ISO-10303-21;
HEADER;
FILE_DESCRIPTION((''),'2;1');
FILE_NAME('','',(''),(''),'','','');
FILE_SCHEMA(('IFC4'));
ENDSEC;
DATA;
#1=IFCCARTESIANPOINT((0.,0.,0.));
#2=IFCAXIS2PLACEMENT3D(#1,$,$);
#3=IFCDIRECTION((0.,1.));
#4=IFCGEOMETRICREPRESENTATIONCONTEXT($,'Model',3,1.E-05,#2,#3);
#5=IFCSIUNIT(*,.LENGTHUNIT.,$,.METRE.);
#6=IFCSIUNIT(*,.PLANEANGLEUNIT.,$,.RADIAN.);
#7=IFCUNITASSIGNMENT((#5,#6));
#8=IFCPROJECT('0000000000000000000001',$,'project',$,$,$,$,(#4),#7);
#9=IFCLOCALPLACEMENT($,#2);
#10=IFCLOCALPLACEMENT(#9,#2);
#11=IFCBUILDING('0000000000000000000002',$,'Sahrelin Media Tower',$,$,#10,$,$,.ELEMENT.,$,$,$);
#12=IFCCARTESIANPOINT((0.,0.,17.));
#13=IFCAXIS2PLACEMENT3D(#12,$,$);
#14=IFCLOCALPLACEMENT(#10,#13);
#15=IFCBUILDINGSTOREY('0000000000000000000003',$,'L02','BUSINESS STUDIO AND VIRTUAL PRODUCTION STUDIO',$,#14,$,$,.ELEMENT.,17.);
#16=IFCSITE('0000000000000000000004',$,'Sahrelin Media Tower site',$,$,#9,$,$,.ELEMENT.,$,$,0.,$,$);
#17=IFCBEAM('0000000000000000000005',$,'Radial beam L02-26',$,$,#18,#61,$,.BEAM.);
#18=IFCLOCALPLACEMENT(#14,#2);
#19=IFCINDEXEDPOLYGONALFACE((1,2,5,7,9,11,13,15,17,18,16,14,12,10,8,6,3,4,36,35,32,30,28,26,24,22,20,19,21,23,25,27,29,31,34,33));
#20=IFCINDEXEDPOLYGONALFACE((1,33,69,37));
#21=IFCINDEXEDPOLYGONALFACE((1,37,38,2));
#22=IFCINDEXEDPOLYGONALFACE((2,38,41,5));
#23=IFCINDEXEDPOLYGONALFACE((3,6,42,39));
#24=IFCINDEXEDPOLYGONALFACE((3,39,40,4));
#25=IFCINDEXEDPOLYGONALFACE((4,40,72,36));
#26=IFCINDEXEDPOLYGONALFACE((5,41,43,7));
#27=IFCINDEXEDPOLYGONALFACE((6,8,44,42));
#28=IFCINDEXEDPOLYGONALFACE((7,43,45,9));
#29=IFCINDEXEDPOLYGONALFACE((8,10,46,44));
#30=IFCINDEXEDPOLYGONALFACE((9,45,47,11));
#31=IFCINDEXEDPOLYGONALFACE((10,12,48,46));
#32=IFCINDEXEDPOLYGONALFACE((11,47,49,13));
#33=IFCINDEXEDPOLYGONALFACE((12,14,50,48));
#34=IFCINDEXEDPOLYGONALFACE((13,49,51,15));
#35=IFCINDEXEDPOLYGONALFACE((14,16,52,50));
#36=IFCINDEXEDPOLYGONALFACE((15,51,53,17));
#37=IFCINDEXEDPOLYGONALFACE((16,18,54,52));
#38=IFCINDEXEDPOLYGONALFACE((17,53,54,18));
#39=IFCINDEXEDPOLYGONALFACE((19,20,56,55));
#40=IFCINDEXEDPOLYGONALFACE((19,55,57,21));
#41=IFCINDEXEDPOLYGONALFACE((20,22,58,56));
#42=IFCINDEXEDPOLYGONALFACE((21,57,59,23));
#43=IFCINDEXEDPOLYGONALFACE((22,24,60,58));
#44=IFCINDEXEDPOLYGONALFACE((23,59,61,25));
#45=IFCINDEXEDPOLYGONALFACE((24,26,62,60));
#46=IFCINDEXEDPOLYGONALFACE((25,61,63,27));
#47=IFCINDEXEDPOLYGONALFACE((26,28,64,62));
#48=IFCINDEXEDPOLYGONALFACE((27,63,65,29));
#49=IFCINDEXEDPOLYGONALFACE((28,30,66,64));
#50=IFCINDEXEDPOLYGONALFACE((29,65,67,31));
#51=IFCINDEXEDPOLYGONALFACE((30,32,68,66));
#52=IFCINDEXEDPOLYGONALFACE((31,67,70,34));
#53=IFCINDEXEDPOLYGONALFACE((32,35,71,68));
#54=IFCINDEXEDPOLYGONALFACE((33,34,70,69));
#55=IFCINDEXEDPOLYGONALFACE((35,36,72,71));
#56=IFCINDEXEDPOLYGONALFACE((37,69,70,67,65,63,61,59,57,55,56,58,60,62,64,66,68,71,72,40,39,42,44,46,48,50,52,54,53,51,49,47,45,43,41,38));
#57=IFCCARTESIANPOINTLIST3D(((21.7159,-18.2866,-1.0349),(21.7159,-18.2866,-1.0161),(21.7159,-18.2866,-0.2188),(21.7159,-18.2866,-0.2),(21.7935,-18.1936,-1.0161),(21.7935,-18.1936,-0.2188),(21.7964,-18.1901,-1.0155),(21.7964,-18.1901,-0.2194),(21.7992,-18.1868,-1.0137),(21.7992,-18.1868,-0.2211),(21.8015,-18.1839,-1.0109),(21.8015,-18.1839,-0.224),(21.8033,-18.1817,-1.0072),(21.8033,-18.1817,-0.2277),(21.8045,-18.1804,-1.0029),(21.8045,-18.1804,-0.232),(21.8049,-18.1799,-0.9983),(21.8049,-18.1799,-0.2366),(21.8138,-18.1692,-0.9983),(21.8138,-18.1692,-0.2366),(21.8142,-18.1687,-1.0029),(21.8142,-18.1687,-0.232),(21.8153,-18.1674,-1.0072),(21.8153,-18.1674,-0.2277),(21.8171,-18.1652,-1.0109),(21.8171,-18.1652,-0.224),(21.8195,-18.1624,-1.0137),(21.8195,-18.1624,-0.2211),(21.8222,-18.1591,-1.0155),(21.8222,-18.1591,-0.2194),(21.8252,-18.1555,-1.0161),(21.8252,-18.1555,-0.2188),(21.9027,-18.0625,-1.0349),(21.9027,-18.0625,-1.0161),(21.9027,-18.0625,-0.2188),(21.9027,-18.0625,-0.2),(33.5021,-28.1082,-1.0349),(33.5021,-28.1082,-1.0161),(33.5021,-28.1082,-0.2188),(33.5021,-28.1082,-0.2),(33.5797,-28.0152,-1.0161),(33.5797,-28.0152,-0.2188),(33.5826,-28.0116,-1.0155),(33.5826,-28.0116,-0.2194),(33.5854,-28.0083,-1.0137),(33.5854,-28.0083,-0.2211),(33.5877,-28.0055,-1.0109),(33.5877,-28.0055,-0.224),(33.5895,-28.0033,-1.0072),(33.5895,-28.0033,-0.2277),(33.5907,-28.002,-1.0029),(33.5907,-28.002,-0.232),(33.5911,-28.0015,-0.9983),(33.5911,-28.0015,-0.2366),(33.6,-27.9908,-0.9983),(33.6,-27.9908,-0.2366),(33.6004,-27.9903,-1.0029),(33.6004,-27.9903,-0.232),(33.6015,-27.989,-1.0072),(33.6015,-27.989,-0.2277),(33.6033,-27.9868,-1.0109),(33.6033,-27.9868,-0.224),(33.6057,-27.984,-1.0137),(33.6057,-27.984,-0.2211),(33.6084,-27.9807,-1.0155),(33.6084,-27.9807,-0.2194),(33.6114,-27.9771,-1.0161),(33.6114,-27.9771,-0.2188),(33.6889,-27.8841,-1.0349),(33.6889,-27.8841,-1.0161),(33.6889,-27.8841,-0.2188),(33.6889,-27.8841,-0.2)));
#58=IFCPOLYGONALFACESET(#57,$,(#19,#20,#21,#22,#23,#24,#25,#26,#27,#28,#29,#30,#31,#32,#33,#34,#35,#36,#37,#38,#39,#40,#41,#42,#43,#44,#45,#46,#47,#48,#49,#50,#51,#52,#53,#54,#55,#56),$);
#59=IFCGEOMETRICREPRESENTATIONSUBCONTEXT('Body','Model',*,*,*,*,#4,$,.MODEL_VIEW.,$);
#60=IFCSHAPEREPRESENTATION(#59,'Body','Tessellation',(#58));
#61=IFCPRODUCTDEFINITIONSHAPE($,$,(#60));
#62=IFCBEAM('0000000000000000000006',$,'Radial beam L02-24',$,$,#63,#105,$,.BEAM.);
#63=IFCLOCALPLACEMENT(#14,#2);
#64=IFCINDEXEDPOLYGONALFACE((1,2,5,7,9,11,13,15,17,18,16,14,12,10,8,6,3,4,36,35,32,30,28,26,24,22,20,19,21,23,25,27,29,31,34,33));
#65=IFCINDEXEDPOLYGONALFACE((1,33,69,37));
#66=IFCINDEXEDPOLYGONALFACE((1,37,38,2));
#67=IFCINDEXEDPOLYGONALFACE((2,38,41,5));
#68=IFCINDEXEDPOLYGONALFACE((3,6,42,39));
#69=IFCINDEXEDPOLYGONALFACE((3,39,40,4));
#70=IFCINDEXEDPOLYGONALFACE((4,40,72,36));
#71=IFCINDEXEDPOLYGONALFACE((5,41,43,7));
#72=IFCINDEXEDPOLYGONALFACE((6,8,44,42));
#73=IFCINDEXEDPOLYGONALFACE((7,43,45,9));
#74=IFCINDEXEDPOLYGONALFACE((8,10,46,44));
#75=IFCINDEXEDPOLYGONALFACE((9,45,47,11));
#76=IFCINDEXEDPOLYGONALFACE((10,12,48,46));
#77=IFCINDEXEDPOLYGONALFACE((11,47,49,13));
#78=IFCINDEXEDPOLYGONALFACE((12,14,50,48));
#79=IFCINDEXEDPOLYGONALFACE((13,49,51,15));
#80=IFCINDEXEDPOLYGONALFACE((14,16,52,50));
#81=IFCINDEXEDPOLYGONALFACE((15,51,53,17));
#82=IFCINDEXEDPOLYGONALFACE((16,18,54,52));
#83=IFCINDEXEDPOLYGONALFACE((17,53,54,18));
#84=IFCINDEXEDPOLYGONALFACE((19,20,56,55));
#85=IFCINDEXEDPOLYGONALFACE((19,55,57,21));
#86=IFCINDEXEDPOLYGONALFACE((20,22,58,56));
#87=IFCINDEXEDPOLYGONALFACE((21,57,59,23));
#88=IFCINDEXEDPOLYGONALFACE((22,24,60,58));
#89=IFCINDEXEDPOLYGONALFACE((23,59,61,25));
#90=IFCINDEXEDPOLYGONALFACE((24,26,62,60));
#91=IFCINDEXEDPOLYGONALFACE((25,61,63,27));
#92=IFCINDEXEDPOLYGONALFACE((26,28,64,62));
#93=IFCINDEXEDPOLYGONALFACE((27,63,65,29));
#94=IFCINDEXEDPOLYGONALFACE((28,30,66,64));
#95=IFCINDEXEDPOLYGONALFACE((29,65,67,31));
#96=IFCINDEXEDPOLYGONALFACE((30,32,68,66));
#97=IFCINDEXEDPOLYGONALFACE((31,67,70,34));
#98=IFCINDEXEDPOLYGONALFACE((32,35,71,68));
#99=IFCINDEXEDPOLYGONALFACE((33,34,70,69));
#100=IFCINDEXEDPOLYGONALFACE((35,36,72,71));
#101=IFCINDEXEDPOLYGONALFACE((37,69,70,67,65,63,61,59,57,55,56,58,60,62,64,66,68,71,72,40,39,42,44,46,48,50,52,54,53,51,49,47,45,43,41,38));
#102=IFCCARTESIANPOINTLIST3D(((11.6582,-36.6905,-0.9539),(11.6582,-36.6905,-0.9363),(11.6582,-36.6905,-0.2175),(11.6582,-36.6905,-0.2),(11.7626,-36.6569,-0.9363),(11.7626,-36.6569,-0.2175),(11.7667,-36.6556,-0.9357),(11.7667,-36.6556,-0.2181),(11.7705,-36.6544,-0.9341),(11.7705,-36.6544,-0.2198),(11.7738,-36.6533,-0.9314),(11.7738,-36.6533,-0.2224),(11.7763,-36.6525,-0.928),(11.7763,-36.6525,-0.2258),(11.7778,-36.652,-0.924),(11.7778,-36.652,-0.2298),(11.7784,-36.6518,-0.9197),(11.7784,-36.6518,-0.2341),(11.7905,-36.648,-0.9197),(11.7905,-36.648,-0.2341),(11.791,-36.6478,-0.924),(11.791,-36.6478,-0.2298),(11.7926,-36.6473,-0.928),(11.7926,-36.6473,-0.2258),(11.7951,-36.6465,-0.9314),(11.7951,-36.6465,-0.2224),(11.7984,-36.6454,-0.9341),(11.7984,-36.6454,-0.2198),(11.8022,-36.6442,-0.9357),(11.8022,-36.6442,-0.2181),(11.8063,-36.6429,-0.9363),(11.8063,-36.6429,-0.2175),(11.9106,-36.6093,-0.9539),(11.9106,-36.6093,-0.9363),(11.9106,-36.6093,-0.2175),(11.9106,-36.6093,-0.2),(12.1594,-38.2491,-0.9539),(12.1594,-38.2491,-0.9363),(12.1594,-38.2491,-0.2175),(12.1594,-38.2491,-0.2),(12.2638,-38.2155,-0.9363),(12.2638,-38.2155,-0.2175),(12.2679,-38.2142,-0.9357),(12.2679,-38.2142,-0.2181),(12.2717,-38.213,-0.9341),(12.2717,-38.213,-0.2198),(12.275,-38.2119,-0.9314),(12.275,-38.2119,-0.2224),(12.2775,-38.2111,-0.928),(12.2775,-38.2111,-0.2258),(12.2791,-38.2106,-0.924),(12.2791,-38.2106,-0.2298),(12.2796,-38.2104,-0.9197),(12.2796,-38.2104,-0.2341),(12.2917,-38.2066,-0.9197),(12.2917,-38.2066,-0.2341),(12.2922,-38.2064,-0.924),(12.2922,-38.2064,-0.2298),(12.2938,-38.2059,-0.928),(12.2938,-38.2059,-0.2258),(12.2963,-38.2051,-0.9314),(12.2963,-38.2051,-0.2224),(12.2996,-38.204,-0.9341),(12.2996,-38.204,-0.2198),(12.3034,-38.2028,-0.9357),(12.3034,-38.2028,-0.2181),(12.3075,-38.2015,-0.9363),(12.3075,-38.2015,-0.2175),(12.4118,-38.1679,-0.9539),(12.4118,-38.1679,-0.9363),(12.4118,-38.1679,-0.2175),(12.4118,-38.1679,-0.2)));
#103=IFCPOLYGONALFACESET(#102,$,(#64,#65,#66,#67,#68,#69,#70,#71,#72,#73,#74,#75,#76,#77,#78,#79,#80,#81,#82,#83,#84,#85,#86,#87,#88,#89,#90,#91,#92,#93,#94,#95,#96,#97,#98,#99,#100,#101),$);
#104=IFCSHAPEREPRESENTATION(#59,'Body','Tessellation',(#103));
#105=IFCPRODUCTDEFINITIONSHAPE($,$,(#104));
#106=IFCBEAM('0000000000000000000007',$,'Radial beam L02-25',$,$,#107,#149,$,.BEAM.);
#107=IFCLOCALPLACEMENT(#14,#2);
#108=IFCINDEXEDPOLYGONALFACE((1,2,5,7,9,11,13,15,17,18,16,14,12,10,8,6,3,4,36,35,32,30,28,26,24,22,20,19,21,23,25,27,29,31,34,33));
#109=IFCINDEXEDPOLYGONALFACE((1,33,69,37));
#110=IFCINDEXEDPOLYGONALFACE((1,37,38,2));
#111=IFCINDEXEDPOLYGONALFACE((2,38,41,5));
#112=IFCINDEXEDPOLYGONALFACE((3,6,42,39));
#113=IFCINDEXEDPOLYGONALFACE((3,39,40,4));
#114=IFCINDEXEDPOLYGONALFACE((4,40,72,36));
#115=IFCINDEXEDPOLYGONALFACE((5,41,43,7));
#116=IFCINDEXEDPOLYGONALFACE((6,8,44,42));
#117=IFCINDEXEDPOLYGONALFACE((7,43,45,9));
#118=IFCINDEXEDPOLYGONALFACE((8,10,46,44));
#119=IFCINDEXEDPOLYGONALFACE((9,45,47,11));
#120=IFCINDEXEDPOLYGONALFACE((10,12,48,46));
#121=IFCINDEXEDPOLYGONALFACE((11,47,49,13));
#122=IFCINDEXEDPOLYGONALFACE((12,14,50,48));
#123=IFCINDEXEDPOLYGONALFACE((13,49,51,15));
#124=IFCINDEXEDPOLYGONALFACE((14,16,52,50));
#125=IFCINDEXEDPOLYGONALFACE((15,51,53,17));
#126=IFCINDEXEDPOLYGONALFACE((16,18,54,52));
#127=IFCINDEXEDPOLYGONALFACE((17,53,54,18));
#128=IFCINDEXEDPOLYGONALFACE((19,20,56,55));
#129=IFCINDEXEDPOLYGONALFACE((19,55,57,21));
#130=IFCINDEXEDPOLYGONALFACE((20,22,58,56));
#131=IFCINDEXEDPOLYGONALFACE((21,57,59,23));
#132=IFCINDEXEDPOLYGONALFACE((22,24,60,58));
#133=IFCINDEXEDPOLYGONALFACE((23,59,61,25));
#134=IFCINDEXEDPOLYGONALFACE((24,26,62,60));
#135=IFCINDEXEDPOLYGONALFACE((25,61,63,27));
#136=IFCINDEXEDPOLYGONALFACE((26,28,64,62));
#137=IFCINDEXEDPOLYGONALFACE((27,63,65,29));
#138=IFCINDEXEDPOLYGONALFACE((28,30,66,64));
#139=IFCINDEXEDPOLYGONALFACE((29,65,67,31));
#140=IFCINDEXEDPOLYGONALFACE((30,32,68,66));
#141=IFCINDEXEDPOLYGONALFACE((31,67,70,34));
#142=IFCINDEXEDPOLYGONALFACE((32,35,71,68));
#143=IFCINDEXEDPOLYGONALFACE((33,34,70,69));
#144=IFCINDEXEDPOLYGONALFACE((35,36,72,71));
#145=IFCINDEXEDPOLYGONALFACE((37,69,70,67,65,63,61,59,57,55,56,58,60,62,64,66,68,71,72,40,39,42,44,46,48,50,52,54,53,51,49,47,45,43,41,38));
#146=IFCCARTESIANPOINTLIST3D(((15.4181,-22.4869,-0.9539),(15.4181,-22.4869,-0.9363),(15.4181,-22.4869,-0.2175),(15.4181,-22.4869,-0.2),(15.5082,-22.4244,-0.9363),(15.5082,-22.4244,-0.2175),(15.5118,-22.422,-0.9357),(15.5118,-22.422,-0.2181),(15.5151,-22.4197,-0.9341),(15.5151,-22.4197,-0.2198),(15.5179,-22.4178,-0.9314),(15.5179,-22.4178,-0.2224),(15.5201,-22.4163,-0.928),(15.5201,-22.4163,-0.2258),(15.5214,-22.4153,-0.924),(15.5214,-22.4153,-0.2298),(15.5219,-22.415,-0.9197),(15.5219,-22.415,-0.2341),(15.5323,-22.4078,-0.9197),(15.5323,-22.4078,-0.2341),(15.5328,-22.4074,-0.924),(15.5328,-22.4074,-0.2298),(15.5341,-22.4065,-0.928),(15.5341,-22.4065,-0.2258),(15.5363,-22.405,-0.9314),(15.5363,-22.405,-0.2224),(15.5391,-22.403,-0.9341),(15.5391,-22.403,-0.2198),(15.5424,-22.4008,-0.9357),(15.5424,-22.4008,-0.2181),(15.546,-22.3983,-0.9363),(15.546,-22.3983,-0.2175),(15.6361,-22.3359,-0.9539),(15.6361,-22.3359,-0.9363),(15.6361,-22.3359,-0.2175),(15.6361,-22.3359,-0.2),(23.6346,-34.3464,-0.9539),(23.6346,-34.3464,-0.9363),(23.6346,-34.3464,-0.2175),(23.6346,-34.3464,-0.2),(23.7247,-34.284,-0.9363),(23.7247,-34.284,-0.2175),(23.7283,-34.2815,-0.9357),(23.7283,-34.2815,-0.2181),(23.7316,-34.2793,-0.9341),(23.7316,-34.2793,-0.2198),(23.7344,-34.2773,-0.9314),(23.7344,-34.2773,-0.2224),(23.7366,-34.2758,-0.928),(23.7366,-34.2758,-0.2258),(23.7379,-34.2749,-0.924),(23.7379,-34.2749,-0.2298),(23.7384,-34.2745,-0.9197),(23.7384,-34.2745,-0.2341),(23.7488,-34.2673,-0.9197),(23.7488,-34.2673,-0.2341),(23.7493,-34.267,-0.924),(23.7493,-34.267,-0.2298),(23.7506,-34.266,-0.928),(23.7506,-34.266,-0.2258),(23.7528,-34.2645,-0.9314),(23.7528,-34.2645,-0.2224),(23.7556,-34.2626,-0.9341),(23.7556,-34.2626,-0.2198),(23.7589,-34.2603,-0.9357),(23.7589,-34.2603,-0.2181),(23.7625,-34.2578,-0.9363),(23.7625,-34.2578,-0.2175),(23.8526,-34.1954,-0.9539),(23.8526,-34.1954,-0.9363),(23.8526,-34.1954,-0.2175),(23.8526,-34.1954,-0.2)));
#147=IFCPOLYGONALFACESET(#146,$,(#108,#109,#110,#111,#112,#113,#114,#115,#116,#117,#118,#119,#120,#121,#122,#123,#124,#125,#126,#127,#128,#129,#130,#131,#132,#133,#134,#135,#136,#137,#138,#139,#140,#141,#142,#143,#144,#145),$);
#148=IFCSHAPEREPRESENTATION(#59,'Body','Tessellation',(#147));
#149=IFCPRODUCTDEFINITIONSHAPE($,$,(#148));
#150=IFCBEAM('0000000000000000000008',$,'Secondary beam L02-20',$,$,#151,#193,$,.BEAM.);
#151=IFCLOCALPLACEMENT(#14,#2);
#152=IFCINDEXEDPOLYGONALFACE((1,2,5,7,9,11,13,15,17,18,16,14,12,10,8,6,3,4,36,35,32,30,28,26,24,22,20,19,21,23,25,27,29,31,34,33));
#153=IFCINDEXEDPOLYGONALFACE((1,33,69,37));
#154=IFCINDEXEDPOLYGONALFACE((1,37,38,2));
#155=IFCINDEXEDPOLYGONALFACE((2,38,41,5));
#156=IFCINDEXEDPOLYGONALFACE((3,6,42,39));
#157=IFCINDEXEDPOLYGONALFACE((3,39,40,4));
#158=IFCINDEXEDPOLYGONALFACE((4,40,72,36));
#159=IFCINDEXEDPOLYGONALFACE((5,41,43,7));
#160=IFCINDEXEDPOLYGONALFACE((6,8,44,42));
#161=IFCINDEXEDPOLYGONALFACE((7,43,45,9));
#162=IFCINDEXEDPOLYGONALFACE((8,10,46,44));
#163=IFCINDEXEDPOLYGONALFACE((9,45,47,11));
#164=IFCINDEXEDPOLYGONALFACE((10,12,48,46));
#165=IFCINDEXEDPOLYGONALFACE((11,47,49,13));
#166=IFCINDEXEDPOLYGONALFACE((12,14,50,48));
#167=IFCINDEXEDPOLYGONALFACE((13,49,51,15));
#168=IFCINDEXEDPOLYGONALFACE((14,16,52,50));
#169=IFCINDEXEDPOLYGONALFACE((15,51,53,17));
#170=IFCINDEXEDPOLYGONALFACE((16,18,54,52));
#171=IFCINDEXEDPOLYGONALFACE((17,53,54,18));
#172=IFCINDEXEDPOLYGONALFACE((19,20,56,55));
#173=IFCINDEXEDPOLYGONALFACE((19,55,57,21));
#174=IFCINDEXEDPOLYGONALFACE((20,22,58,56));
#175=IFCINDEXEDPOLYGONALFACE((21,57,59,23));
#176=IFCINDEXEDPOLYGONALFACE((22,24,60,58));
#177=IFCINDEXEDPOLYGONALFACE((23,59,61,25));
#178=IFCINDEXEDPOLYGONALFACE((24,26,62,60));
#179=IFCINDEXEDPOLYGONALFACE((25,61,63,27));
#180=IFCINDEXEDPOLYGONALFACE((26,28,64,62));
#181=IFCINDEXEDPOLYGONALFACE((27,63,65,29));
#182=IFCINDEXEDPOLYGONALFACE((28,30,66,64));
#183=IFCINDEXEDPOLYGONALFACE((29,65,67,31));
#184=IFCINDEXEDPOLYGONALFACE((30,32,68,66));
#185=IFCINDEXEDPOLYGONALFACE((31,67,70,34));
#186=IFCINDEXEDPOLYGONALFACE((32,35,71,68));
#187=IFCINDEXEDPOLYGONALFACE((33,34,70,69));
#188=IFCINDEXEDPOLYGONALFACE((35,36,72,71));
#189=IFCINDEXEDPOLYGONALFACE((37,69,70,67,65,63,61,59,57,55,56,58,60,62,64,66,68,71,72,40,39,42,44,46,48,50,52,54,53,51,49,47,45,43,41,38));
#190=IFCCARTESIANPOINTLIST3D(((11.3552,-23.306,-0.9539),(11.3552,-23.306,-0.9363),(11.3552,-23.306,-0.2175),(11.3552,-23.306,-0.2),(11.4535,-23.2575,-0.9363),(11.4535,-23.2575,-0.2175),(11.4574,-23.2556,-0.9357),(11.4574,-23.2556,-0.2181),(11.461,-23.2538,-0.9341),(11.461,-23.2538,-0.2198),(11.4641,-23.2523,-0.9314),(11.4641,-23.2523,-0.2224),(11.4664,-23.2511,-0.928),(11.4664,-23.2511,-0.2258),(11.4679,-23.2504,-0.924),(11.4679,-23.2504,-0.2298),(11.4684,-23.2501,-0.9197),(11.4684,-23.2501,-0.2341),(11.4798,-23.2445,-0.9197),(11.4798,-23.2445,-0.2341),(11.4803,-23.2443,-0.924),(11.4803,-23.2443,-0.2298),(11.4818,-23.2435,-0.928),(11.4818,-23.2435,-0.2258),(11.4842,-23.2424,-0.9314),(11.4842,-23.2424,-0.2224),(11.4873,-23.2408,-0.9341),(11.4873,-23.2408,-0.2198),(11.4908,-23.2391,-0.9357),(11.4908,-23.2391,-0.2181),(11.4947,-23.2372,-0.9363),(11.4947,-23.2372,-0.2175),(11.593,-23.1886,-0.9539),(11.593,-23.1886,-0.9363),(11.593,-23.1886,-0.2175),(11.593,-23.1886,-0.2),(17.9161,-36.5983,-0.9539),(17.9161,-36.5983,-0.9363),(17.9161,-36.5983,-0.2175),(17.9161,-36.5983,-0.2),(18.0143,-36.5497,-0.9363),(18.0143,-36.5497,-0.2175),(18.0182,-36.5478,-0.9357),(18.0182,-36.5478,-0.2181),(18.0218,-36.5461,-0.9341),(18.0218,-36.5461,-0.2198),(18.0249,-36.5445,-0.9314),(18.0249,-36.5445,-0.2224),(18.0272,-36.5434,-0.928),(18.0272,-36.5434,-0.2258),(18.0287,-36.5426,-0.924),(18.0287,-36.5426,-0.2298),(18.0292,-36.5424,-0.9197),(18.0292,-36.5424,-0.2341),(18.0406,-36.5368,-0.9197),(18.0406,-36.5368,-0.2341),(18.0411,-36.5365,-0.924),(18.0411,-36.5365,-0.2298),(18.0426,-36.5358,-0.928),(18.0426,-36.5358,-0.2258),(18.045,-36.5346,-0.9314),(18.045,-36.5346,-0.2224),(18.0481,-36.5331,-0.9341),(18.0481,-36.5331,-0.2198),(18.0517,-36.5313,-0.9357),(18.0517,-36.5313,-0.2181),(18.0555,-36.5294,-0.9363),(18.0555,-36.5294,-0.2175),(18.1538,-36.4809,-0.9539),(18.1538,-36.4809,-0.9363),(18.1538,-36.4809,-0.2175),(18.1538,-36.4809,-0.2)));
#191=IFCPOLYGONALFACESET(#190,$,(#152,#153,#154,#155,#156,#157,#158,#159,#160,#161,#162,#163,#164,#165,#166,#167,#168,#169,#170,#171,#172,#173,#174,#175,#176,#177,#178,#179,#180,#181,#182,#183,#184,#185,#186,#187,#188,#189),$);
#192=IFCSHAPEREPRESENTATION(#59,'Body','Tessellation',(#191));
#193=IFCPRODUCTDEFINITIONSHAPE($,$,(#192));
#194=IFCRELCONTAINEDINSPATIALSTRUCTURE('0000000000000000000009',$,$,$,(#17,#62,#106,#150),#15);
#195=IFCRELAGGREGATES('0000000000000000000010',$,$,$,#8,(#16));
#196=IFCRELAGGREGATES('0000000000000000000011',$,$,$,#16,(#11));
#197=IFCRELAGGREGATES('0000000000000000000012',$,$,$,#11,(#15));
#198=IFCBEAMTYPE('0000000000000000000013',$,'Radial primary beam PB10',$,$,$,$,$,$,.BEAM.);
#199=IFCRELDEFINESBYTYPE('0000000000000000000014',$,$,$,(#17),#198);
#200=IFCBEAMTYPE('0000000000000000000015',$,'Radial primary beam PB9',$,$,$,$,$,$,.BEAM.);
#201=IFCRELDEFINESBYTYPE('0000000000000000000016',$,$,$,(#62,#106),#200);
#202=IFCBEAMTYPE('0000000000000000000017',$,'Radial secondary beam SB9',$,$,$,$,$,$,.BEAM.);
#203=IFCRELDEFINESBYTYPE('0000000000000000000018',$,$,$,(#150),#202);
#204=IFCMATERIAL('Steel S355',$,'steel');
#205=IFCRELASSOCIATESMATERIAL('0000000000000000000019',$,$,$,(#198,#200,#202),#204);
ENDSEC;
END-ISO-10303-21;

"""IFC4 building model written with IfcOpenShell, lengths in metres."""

from ifc_helpers import new_model, si_unit, direction, frame, origin, origin_2d, place, context, subcontext, project, spatial, i_section, extrude, material, material_profile, profile_set, type_object, element, save


model = new_model("IFC4")

# Units and contexts
model_context = context("Model", 3, precision=1e-05, world=origin(), true_north=direction((0.0, 1.0)))
body_context = subcontext(model_context, "Body", "Model", "MODEL_VIEW")
ifc_project = project(units=[si_unit("LENGTHUNIT", "METRE"), si_unit("PLANEANGLEUNIT", "RADIAN")], contexts=[model_context])

# Site, building, storey
site_placement = place(None, origin())
site = spatial("IfcSite", under=ifc_project, at=site_placement, Name="Sahrelin Media Tower site", CompositionType="ELEMENT", RefElevation=0.0)
building_placement = place(site_placement, origin())
building = spatial("IfcBuilding", under=site, at=building_placement, Name="Sahrelin Media Tower", CompositionType="ELEMENT")
storey_placement = place(building_placement, frame((0.0, 0.0, 17.0)))
storey = spatial("IfcBuildingStorey", under=building, at=storey_placement, Name="L02", Description="BUSINESS STUDIO AND VIRTUAL PRODUCTION STUDIO", CompositionType="ELEMENT", Elevation=17.0)

# Beams
ifc_material_1 = material(Name="Steel S355", Category="steel")
ifc_material_profile_1 = material_profile(ifc_material_1, i_section(OverallWidth=0.2917, OverallDepth=0.835, WebThickness=0.0139, FlangeThickness=0.0188, FilletRadius=0.0178, at=origin_2d()), Name="UB 838x292x176")
ifc_profile_set_1 = profile_set([ifc_material_profile_1], Name="Steel S355")
beam_type_1 = type_object("IfcBeamType", Name="Radial primary beam PB10", PredefinedType="BEAM", material=ifc_profile_set_1)
beam_1_placement = place(storey_placement, frame((21.8093, -18.1746, -0.6174), z_axis=(0.768229, -0.640175, 0.0), x_axis=(0.640175, 0.768229, 0.0)))
element("IfcBeam", 1, at=beam_1_placement, inside=storey, type_object=beam_type_1, Name="Radial beam L02-26", PredefinedType="BEAM", context=body_context, shape_type="SweptSolid", body=[
    extrude(i_section(OverallWidth=0.2917, OverallDepth=0.835, WebThickness=0.0139, FlangeThickness=0.0188, FilletRadius=0.0178, at=origin_2d()), origin(), (0.0, 0.0, 1.0), 15.342),
])
ifc_material_profile_2 = material_profile(ifc_material_1, i_section(OverallWidth=0.2651, OverallDepth=0.7539, WebThickness=0.0127, FlangeThickness=0.0176, FilletRadius=0.0166, at=origin_2d()), Name="UB 762x267x147")
ifc_profile_set_2 = profile_set([ifc_material_profile_2], Name="Steel S355")
beam_type_2 = type_object("IfcBeamType", Name="Radial primary beam PB9", PredefinedType="BEAM", material=ifc_profile_set_2)
beam_2_placement = place(storey_placement, frame((11.7844, -36.6499, -0.5769), z_axis=(0.306144, -0.951985, 0.0), x_axis=(0.951985, 0.306144, 0.0)))
element("IfcBeam", 2, at=beam_2_placement, inside=storey, type_object=beam_type_2, Name="Radial beam L02-24", PredefinedType="BEAM", context=body_context, shape_type="SweptSolid", body=[
    extrude(i_section(OverallWidth=0.2651, OverallDepth=0.7539, WebThickness=0.0127, FlangeThickness=0.0176, FilletRadius=0.0166, at=origin_2d()), origin(), (0.0, 0.0, 1.0), 1.6372),
])
beam_3_placement = place(storey_placement, frame((15.5271, -22.4114, -0.5769), z_axis=(0.569493, -0.821996, 0.0), x_axis=(0.821996, 0.569493, 0.0)))
element("IfcBeam", 3, at=beam_3_placement, inside=storey, type_object=beam_type_2, Name="Radial beam L02-25", PredefinedType="BEAM", context=body_context, shape_type="SweptSolid", body=[
    extrude(i_section(OverallWidth=0.2651, OverallDepth=0.7539, WebThickness=0.0127, FlangeThickness=0.0176, FilletRadius=0.0166, at=origin_2d()), origin(), (0.0, 0.0, 1.0), 14.4277),
])
ifc_material_profile_3 = material_profile(ifc_material_1, i_section(OverallWidth=0.2651, OverallDepth=0.7539, WebThickness=0.0127, FlangeThickness=0.0176, FilletRadius=0.0166, at=origin_2d()), Name="UB 762x267x147")
ifc_profile_set_3 = profile_set([ifc_material_profile_3], Name="Steel S355")
beam_type_3 = type_object("IfcBeamType", Name="Radial secondary beam SB9", PredefinedType="BEAM", material=ifc_profile_set_3)
beam_4_placement = place(storey_placement, frame((11.4741, -23.2473, -0.5769), z_axis=(0.442603, -0.896718, 0.0), x_axis=(0.896718, 0.442603, 0.0)))
element("IfcBeam", 4, at=beam_4_placement, inside=storey, type_object=beam_type_3, Name="Secondary beam L02-20", PredefinedType="BEAM", context=body_context, shape_type="SweptSolid", body=[
    extrude(i_section(OverallWidth=0.2651, OverallDepth=0.7539, WebThickness=0.0127, FlangeThickness=0.0176, FilletRadius=0.0166, at=origin_2d()), origin(), (0.0, 0.0, 1.0), 14.8232),
])

save(model, "model.ifc")
